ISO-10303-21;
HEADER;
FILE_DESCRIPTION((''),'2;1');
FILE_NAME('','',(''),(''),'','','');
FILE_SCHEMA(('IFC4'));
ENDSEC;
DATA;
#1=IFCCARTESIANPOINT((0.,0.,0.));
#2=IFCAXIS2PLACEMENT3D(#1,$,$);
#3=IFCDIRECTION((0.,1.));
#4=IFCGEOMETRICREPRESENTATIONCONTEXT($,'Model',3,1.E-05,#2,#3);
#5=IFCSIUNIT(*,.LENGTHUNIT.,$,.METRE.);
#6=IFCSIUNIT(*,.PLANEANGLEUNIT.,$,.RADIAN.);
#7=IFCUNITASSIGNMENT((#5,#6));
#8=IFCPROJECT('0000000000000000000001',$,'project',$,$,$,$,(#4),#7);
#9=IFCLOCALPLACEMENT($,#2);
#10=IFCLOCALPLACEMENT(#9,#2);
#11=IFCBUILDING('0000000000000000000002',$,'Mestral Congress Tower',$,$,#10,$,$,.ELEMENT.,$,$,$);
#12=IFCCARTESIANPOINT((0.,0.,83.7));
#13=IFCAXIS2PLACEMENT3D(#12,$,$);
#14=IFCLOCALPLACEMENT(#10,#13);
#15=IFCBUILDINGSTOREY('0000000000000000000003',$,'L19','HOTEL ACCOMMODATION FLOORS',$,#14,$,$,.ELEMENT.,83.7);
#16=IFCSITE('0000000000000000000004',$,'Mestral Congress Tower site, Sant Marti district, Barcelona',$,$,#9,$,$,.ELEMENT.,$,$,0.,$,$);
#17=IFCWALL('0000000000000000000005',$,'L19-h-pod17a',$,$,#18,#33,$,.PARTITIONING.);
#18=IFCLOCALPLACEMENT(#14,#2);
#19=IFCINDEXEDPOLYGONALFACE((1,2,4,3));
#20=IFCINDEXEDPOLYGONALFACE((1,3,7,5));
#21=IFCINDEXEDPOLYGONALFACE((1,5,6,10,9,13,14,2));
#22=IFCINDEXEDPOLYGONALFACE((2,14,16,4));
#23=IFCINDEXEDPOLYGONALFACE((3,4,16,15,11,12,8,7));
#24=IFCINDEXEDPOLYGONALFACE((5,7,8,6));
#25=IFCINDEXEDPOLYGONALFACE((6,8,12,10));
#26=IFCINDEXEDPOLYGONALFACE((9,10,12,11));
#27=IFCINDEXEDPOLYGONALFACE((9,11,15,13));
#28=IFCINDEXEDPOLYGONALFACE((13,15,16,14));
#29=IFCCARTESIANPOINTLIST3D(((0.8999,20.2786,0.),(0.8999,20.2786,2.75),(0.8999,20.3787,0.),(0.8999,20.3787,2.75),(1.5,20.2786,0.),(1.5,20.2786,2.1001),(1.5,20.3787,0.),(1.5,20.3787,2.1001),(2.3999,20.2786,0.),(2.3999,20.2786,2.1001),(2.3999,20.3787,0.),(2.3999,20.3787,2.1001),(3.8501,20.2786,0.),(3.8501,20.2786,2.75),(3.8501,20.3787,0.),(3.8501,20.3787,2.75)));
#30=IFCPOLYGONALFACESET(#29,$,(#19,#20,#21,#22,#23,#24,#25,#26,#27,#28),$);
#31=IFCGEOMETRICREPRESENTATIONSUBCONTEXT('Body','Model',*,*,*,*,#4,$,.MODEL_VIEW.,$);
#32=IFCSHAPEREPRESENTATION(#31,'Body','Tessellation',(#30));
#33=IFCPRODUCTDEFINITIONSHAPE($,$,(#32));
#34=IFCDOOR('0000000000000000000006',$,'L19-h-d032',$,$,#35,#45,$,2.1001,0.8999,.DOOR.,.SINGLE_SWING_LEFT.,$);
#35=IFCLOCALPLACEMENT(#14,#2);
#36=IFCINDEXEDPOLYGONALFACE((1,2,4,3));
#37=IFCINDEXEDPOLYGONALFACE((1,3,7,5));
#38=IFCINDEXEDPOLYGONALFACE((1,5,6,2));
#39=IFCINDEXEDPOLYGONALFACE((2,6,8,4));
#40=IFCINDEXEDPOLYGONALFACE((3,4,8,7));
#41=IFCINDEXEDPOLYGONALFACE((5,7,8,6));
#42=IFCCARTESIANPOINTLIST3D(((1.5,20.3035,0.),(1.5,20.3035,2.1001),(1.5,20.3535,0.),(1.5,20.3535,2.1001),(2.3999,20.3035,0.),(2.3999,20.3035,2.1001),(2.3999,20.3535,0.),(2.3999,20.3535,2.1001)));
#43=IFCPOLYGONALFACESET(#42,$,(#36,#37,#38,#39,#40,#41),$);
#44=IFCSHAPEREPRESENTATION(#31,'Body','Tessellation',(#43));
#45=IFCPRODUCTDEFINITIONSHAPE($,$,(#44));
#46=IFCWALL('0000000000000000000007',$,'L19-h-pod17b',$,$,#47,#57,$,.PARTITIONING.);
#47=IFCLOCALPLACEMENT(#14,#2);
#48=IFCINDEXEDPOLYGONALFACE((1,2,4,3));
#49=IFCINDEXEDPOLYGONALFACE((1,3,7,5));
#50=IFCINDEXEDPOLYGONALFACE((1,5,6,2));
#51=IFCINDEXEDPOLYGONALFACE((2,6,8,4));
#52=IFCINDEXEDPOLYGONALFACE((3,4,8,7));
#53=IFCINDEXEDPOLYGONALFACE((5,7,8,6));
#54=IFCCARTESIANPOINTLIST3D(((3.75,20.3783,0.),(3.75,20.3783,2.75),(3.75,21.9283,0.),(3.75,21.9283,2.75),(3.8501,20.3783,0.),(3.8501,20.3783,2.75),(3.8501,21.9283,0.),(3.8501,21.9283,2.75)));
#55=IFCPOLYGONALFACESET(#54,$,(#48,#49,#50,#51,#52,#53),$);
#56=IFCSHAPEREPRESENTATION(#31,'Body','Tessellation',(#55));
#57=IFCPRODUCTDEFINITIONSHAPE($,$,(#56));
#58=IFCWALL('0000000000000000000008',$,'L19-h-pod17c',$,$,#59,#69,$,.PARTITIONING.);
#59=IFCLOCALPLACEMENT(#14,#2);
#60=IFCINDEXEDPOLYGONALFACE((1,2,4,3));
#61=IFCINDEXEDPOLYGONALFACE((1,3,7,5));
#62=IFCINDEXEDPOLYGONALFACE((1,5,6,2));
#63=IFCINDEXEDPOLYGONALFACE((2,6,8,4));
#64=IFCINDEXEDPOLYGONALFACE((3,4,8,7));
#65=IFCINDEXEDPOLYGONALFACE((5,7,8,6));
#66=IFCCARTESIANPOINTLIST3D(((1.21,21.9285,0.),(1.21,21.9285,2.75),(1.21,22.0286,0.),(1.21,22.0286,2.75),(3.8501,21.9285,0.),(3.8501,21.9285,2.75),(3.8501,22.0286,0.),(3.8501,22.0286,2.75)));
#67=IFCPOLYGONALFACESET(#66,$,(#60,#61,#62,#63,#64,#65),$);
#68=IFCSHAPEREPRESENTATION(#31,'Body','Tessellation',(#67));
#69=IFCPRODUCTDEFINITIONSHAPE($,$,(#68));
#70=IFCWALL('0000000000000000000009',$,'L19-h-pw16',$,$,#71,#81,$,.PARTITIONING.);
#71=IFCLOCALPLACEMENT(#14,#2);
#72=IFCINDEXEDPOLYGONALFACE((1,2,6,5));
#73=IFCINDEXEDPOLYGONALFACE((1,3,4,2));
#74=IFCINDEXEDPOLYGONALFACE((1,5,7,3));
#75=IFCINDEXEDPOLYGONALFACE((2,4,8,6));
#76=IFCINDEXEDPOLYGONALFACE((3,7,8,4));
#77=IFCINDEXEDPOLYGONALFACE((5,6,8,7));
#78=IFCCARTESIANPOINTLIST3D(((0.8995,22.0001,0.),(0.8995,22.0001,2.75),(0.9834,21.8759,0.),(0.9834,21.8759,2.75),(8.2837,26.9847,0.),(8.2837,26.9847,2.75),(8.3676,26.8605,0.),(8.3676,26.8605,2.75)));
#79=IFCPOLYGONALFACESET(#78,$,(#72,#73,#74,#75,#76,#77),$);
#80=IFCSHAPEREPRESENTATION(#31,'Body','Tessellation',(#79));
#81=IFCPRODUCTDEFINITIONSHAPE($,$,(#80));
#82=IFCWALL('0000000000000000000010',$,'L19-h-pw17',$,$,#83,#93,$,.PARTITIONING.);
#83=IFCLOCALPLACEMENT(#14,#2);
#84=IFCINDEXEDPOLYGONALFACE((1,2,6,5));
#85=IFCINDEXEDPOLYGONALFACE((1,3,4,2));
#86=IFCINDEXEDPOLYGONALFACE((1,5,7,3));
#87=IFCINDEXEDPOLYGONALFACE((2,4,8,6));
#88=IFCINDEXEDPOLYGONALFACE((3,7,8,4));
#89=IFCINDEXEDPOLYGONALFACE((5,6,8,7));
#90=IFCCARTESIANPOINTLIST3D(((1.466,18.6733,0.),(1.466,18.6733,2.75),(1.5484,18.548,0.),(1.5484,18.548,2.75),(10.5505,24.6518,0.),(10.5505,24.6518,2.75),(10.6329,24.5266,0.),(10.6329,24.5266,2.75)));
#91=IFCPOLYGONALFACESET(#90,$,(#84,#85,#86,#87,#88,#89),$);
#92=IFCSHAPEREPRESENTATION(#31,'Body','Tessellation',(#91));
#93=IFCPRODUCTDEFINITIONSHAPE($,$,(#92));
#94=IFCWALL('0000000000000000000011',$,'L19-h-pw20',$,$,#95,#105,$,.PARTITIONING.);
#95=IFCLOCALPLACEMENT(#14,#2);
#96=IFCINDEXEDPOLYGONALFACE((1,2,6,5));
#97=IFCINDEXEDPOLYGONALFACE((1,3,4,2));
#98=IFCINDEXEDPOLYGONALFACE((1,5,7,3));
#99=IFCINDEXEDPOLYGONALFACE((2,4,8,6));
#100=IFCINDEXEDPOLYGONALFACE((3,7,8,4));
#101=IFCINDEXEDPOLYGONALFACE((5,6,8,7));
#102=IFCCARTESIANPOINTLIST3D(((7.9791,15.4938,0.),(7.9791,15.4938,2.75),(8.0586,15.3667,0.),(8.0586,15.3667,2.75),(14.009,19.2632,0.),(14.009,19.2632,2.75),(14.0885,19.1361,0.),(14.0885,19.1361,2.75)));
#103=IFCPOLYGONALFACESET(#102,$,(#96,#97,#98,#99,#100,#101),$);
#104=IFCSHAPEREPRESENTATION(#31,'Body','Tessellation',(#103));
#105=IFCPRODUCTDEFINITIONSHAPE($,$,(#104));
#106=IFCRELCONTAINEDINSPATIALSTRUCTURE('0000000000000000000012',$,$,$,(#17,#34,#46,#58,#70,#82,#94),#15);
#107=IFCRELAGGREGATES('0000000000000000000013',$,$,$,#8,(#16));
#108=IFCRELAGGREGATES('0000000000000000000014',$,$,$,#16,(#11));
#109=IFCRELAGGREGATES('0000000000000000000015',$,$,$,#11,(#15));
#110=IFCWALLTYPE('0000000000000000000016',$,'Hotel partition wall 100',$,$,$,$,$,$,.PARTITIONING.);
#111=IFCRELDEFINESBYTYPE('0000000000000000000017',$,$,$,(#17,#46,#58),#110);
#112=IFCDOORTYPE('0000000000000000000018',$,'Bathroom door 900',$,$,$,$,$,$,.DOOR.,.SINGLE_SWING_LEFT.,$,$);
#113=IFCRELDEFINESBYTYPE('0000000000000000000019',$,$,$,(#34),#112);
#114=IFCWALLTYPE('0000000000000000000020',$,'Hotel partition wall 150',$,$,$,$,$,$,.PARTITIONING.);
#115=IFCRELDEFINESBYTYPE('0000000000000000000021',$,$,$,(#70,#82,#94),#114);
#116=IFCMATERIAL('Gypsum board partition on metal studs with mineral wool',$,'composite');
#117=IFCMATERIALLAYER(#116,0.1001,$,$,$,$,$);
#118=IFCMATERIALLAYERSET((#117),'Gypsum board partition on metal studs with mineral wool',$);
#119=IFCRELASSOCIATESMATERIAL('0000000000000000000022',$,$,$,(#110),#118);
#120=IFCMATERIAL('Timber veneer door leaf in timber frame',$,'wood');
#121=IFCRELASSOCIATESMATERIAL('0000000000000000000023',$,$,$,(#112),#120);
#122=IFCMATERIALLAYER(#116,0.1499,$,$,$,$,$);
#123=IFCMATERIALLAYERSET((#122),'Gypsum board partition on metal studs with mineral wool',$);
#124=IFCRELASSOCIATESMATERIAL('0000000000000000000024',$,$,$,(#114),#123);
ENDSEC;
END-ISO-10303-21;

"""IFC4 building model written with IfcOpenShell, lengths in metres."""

from ifc_helpers import new_model, si_unit, direction, frame, frame_2d, origin, place, context, subcontext, project, spatial, rectangle, extrude, material, layer, layer_set, type_object, element, fill, save


model = new_model("IFC4")

# Units and contexts
model_context = context("Model", 3, precision=1e-05, world=origin(), true_north=direction((0.0, 1.0)))
body_context = subcontext(model_context, "Body", "Model", "MODEL_VIEW")
ifc_project = project(units=[si_unit("LENGTHUNIT", "METRE"), si_unit("PLANEANGLEUNIT", "RADIAN")], contexts=[model_context])

# Site, building, storey
site_placement = place(None, origin())
site = spatial("IfcSite", under=ifc_project, at=site_placement, Name="Mestral Congress Tower site, Sant Marti district, Barcelona", CompositionType="ELEMENT", RefElevation=0.0)
building_placement = place(site_placement, origin())
building = spatial("IfcBuilding", under=site, at=building_placement, Name="Mestral Congress Tower", CompositionType="ELEMENT")
storey_placement = place(building_placement, frame((0.0, 0.0, 83.7)))
storey = spatial("IfcBuildingStorey", under=building, at=storey_placement, Name="L19", Description="HOTEL ACCOMMODATION FLOORS", CompositionType="ELEMENT", Elevation=83.7)

# Wall, opening, door
ifc_material_1 = material(Name="Gypsum board partition on metal studs with mineral wool", Category="composite")
ifc_layer_1 = layer(ifc_material_1, 0.1001)
ifc_layer_set_1 = layer_set([ifc_layer_1], Name="Gypsum board partition on metal studs with mineral wool")
wall_type_1 = type_object("IfcWallType", Name="Hotel partition wall 100", PredefinedType="PARTITIONING", material=ifc_layer_set_1)
wall_1_placement = place(storey_placement, frame((0.8999, 20.3286, 0.0), z_axis=(0.0, 0.0, 1.0), x_axis=(1.0, 0.0, 0.0)))
wall_1 = element("IfcWall", 1, at=wall_1_placement, inside=storey, type_object=wall_type_1, Name="L19-h-pod17a", PredefinedType="PARTITIONING", context=body_context, shape_type="SweptSolid", body=[
    extrude(rectangle(XDim=2.9502, YDim=0.1001, at=frame_2d((1.4751, 0.0))), origin(), (0.0, 0.0, 1.0), 2.75),
])
opening_1_placement = place(wall_1_placement, frame((0.6001, 0.0, 0.0)))
opening_1 = element("IfcOpeningElement", 2, at=opening_1_placement, cuts=wall_1, PredefinedType="OPENING", context=body_context, shape_type="SweptSolid", body=[
    extrude(rectangle(XDim=0.8999, YDim=2.1001, at=frame_2d((0.45, 1.05))), frame((0.0, 0.0601, 0.0), z_axis=(0.0, -1.0, 0.0), x_axis=(1.0, 0.0, 0.0)), (0.0, 0.0, 1.0), 0.1201),
])
ifc_material_2 = material(Name="Timber veneer door leaf in timber frame", Category="wood")
door_type = type_object("IfcDoorType", Name="Bathroom door 900", OperationType="SINGLE_SWING_LEFT", PredefinedType="DOOR", material=ifc_material_2)
door_placement = place(opening_1_placement, origin())
door = element("IfcDoor", 3, at=door_placement, inside=storey, type_object=door_type, Name="L19-h-d032", OperationType="SINGLE_SWING_LEFT", OverallHeight=2.1001, OverallWidth=0.8999, PredefinedType="DOOR", context=body_context, shape_type="SweptSolid", body=[
    extrude(rectangle(XDim=0.8999, YDim=2.1001, at=frame_2d((0.45, 1.05))), frame((0.0, 0.0249, 0.0), z_axis=(0.0, -1.0, 0.0), x_axis=(1.0, 0.0, 0.0)), (0.0, 0.0, 1.0), 0.05),
])
fill(opening_1, door)

# Walls
wall_2_placement = place(storey_placement, frame((3.8, 20.3784, 0.0), z_axis=(0.0, 0.0, 1.0), x_axis=(0.0, 1.0, 0.0)))
element("IfcWall", 4, at=wall_2_placement, inside=storey, type_object=wall_type_1, Name="L19-h-pod17b", PredefinedType="PARTITIONING", context=body_context, shape_type="SweptSolid", body=[
    extrude(rectangle(XDim=1.55, YDim=0.1001, at=frame_2d((0.7749, 0.0))), origin(), (0.0, 0.0, 1.0), 2.75),
])
wall_3_placement = place(storey_placement, frame((1.21, 21.9785, 0.0), z_axis=(0.0, 0.0, 1.0), x_axis=(1.0, 0.0, 0.0)))
element("IfcWall", 5, at=wall_3_placement, inside=storey, type_object=wall_type_1, Name="L19-h-pod17c", PredefinedType="PARTITIONING", context=body_context, shape_type="SweptSolid", body=[
    extrude(rectangle(XDim=2.6401, YDim=0.1001, at=frame_2d((1.3201, 0.0))), origin(), (0.0, 0.0, 1.0), 2.75),
])
ifc_layer_2 = layer(ifc_material_1, 0.1499)
ifc_layer_set_2 = layer_set([ifc_layer_2], Name="Gypsum board partition on metal studs with mineral wool")
wall_type_2 = type_object("IfcWallType", Name="Hotel partition wall 150", PredefinedType="PARTITIONING", material=ifc_layer_set_2)
wall_4_placement = place(storey_placement, frame((8.3257, 26.9226, 0.0), z_axis=(0.0, 0.0, 1.0), x_axis=(-0.828837, -0.559491, 0.0)))
element("IfcWall", 6, at=wall_4_placement, inside=storey, type_object=wall_type_2, Name="L19-h-pw16", PredefinedType="PARTITIONING", context=body_context, shape_type="SweptSolid", body=[
    extrude(rectangle(XDim=8.9092, YDim=0.1499, at=frame_2d((4.4546, 0.0))), origin(), (0.0, 0.0, 1.0), 2.75),
])
wall_5_placement = place(storey_placement, frame((10.5916, 24.5891, 0.0), z_axis=(0.0, 0.0, 1.0), x_axis=(-0.835337, -0.549738, 0.0)))
element("IfcWall", 7, at=wall_5_placement, inside=storey, type_object=wall_type_2, Name="L19-h-pw17", PredefinedType="PARTITIONING", context=body_context, shape_type="SweptSolid", body=[
    extrude(rectangle(XDim=10.8752, YDim=0.1499, at=frame_2d((5.4375, 0.0))), origin(), (0.0, 0.0, 1.0), 2.75),
])
wall_6_placement = place(storey_placement, frame((14.0488, 19.1997, 0.0), z_axis=(0.0, 0.0, 1.0), x_axis=(-0.847956, -0.530067, 0.0)))
element("IfcWall", 8, at=wall_6_placement, inside=storey, type_object=wall_type_2, Name="L19-h-pw20", PredefinedType="PARTITIONING", context=body_context, shape_type="SweptSolid", body=[
    extrude(rectangle(XDim=7.1111, YDim=0.1499, at=frame_2d((3.5557, 0.0))), origin(), (0.0, 0.0, 1.0), 2.75),
])

save(model, "model.ifc")
